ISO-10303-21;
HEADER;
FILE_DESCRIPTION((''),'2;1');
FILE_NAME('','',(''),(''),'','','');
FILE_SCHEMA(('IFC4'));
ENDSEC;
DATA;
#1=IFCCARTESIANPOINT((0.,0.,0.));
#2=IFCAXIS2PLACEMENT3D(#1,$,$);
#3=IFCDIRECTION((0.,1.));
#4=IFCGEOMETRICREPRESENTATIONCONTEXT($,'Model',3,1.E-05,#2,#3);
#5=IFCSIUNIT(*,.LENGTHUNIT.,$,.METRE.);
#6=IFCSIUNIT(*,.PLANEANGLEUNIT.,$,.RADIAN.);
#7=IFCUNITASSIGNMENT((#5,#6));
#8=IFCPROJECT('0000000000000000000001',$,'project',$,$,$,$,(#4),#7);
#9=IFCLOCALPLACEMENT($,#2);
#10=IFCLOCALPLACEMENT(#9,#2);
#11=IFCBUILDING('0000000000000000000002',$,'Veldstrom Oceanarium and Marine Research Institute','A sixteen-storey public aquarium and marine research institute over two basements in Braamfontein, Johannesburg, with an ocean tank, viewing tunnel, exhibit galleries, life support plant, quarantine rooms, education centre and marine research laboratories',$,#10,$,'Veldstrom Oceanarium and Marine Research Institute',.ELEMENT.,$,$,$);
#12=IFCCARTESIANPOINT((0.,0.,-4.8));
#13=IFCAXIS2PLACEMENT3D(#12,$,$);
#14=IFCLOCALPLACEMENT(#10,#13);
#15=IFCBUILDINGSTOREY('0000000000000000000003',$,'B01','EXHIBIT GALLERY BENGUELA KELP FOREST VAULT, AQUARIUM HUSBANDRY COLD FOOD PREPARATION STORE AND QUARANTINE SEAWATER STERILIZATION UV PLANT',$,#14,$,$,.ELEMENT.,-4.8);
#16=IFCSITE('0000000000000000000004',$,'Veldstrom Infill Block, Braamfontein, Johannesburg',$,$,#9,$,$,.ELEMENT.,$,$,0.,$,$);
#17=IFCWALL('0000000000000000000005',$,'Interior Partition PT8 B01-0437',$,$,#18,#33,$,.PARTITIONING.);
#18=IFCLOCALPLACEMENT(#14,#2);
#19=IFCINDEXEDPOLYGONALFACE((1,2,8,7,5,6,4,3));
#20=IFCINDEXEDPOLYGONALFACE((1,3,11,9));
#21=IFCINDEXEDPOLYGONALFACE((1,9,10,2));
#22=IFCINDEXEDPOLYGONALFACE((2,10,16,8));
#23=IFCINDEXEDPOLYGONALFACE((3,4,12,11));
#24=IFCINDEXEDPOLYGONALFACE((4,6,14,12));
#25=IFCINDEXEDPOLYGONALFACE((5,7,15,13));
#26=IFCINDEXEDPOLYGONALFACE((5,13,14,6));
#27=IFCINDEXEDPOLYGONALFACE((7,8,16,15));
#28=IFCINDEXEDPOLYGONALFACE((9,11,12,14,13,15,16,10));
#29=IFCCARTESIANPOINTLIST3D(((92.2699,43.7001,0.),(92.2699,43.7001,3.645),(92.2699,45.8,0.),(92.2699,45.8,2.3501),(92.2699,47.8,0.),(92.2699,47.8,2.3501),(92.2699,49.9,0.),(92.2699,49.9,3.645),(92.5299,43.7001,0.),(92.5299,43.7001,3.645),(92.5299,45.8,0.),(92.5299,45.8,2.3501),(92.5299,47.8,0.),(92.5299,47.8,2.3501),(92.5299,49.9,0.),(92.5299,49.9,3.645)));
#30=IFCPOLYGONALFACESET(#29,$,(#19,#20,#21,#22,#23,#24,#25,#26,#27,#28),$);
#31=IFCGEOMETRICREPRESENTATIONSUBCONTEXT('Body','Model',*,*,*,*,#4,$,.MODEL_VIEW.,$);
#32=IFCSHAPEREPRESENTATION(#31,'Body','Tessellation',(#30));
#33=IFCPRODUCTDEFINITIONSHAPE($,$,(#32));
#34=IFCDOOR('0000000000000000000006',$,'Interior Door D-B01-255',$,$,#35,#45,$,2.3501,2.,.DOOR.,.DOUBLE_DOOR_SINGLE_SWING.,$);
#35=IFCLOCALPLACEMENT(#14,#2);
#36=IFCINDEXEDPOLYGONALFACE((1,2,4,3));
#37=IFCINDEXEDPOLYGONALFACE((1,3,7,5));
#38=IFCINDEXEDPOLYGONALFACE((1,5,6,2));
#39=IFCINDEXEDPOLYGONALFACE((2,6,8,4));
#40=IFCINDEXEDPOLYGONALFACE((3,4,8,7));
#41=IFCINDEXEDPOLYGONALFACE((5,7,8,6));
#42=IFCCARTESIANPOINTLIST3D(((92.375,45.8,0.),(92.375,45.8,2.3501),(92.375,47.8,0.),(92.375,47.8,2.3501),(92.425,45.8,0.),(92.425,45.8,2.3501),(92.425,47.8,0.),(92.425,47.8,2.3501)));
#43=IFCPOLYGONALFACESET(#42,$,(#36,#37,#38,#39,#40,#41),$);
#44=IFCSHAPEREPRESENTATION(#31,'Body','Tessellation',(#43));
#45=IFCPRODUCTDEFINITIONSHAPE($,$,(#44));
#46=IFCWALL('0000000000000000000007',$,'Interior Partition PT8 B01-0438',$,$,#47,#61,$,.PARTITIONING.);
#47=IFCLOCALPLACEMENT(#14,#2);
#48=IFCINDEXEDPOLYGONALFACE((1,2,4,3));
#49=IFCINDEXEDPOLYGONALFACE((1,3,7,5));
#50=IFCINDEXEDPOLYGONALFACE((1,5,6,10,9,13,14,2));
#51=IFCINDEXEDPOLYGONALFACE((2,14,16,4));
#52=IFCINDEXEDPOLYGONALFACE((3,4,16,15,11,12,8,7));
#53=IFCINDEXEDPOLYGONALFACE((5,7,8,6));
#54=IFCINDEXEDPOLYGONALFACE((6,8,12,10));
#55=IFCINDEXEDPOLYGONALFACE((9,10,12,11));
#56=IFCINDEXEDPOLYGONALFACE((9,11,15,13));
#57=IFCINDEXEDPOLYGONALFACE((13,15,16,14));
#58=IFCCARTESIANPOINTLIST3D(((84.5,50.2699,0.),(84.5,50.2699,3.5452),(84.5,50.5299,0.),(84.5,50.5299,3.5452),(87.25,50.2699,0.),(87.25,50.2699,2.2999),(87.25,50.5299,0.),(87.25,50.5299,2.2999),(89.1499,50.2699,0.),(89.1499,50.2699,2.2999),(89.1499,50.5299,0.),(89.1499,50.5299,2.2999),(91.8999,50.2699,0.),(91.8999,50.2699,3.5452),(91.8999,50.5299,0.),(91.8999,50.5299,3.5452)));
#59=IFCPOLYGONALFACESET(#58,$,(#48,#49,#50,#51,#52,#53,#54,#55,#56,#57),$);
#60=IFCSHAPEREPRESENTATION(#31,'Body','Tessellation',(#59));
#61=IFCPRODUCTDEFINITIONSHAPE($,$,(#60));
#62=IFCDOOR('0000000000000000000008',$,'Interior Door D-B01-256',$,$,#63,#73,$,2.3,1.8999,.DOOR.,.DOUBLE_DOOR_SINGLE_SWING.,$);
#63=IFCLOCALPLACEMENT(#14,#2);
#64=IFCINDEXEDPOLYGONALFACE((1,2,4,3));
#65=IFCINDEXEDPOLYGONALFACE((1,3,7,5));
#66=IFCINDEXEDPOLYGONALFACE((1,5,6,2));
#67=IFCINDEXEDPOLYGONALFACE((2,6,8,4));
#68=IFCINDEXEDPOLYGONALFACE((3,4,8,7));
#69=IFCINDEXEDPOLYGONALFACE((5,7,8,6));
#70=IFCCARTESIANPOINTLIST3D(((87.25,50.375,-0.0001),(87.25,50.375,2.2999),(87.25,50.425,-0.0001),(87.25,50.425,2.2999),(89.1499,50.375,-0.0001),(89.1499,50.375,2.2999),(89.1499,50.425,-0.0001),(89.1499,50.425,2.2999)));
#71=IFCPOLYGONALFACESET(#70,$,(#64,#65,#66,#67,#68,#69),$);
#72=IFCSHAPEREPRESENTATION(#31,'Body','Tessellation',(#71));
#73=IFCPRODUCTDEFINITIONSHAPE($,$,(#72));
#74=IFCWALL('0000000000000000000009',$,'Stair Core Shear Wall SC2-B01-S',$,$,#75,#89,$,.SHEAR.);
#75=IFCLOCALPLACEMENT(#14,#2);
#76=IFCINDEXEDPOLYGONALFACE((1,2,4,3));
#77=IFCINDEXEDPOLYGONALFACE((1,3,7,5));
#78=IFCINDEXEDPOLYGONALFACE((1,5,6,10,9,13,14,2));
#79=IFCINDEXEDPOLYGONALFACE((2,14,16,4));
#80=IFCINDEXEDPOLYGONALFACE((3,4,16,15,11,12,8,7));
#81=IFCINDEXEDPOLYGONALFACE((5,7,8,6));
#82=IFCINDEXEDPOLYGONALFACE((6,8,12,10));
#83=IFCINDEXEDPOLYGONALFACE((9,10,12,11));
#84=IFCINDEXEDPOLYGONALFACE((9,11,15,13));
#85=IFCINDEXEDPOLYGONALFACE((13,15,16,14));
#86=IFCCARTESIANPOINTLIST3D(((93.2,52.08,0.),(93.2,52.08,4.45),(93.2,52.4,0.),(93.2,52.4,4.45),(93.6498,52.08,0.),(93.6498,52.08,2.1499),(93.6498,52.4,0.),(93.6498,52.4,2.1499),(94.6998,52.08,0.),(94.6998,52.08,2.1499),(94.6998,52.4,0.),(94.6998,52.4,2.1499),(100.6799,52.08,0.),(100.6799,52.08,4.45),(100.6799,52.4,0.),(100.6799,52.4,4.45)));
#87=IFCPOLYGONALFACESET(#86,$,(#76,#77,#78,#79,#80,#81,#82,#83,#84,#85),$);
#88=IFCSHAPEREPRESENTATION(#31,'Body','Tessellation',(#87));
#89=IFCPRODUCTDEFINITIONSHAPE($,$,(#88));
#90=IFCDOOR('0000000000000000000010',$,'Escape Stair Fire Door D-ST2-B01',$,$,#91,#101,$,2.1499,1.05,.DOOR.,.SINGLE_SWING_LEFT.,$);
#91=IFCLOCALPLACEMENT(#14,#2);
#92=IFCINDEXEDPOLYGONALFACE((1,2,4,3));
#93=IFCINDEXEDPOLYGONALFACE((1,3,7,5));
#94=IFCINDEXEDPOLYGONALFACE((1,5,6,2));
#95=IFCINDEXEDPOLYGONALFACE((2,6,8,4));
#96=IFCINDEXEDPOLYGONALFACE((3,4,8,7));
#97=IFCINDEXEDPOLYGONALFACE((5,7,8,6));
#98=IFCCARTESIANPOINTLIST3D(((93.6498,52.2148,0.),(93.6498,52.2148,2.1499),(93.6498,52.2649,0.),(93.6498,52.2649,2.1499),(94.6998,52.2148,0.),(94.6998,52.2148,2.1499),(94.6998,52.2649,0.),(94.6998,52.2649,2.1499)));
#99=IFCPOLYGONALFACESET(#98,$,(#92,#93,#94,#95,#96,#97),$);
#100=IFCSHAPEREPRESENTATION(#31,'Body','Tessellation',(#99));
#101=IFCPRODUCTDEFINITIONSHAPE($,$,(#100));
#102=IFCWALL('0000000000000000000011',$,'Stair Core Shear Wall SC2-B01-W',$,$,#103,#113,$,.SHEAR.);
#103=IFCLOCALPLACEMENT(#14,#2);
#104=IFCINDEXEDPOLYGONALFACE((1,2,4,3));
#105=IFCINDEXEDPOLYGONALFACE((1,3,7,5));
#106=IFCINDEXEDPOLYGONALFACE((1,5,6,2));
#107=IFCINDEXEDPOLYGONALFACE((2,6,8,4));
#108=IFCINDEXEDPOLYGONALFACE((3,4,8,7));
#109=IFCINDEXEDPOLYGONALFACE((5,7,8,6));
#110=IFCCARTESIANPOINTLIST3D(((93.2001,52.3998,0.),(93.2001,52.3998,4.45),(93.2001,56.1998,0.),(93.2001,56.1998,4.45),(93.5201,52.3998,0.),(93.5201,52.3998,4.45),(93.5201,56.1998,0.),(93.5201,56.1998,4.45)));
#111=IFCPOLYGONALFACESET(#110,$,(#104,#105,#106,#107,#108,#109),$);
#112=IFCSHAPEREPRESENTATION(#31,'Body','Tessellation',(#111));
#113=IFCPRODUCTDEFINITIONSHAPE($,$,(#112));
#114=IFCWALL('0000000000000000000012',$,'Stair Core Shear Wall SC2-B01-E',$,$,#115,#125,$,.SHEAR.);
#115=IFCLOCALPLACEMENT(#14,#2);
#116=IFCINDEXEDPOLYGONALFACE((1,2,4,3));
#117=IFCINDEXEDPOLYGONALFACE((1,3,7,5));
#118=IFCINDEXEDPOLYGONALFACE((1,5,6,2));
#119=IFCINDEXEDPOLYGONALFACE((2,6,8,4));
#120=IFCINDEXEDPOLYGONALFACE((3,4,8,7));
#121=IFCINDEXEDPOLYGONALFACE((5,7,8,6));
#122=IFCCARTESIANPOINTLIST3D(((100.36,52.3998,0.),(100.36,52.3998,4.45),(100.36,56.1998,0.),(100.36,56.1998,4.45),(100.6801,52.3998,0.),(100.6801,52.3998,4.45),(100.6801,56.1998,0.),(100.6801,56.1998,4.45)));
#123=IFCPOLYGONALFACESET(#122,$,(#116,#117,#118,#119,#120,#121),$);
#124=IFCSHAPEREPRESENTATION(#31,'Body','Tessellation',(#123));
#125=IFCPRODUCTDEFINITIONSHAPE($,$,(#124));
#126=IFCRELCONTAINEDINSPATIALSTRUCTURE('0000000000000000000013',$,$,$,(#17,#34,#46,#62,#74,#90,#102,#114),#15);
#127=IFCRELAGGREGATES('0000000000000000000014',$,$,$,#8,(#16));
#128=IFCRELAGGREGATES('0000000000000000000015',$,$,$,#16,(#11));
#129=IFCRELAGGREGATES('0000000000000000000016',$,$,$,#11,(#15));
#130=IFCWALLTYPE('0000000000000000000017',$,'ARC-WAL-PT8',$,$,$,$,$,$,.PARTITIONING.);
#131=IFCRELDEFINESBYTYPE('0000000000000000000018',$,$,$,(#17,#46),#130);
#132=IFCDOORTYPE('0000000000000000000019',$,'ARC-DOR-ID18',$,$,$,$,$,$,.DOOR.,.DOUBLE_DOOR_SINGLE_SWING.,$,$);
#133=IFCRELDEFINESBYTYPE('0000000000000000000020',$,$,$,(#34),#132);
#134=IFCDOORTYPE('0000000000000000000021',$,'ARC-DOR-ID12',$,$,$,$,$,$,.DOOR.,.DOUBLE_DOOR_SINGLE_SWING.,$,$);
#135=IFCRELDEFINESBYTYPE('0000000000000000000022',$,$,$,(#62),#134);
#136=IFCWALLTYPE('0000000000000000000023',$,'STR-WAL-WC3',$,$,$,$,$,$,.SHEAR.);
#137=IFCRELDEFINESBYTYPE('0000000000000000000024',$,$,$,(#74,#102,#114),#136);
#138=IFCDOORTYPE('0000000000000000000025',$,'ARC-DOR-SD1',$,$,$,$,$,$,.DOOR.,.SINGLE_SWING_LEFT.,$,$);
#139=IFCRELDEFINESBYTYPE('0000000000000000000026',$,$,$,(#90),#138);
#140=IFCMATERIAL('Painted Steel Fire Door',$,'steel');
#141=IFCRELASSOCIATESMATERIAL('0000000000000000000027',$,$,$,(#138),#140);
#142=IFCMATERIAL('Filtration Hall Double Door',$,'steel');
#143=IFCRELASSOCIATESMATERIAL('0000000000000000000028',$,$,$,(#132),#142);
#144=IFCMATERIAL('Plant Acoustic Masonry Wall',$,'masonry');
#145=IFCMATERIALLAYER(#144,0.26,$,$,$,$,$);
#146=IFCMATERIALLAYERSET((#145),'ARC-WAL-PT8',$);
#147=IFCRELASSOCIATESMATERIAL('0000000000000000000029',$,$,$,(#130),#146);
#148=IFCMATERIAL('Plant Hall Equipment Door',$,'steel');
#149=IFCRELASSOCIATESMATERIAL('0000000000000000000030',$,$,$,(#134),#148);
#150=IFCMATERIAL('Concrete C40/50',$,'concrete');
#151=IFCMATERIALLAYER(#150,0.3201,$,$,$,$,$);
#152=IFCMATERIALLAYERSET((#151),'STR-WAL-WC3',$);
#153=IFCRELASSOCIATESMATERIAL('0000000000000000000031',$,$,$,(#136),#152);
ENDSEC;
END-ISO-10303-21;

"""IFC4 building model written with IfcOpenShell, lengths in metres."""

from ifc_helpers import new_model, si_unit, direction, frame, frame_2d, origin, place, context, subcontext, project, spatial, rectangle, extrude, material, layer, layer_set, type_object, element, fill, save


model = new_model("IFC4")

# Units and contexts
model_context = context("Model", 3, precision=1e-05, world=origin(), true_north=direction((0.0, 1.0)))
body_context = subcontext(model_context, "Body", "Model", "MODEL_VIEW")
ifc_project = project(units=[si_unit("LENGTHUNIT", "METRE"), si_unit("PLANEANGLEUNIT", "RADIAN")], contexts=[model_context])

# Site, building, storey
site_placement = place(None, origin())
site = spatial("IfcSite", under=ifc_project, at=site_placement, Name="Veldstrom Infill Block, Braamfontein, Johannesburg", CompositionType="ELEMENT", RefElevation=0.0)
building_placement = place(site_placement, origin())
building = spatial("IfcBuilding", under=site, at=building_placement, Name="Veldstrom Oceanarium and Marine Research Institute", Description="A sixteen-storey public aquarium and marine research institute over two basements in Braamfontein, Johannesburg, with an ocean tank, viewing tunnel, exhibit galleries, life support plant, quarantine rooms, education centre and marine research laboratories", LongName="Veldstrom Oceanarium and Marine Research Institute", CompositionType="ELEMENT")
storey_placement = place(building_placement, frame((0.0, 0.0, -4.8)))
storey = spatial("IfcBuildingStorey", under=building, at=storey_placement, Name="B01", Description="EXHIBIT GALLERY BENGUELA KELP FOREST VAULT, AQUARIUM HUSBANDRY COLD FOOD PREPARATION STORE AND QUARANTINE SEAWATER STERILIZATION UV PLANT", CompositionType="ELEMENT", Elevation=-4.8)

# Shared definitions
ifc_material_1 = material(Name="Painted Steel Fire Door", Category="steel")
door_type_1 = type_object("IfcDoorType", Name="ARC-DOR-SD1", OperationType="SINGLE_SWING_LEFT", PredefinedType="DOOR", material=ifc_material_1)
ifc_material_2 = material(Name="Filtration Hall Double Door", Category="steel")
door_type_2 = type_object("IfcDoorType", Name="ARC-DOR-ID18", OperationType="DOUBLE_DOOR_SINGLE_SWING", PredefinedType="DOOR", material=ifc_material_2)

# Walls, openings, doors
ifc_material_3 = material(Name="Plant Acoustic Masonry Wall", Category="masonry")
ifc_layer_1 = layer(ifc_material_3, 0.26)
ifc_layer_set_1 = layer_set([ifc_layer_1], Name="ARC-WAL-PT8")
wall_type_1 = type_object("IfcWallType", Name="ARC-WAL-PT8", PredefinedType="PARTITIONING", material=ifc_layer_set_1)
wall_1_placement = place(storey_placement, frame((92.3999, 43.7, 0.0), z_axis=(0.0, 0.0, 1.0), x_axis=(0.0, 1.0, 0.0)))
wall_1 = element("IfcWall", 1, at=wall_1_placement, inside=storey, type_object=wall_type_1, Name="Interior Partition PT8 B01-0437", PredefinedType="PARTITIONING", context=body_context, shape_type="SweptSolid", body=[
    extrude(rectangle(XDim=6.2, YDim=0.26, at=frame_2d((3.1001, 0.0))), origin(), (0.0, 0.0, 1.0), 3.645),
])
opening_1_placement = place(wall_1_placement, frame((2.1001, 0.0, 0.0)))
opening_1 = element("IfcOpeningElement", 2, at=opening_1_placement, cuts=wall_1, PredefinedType="OPENING", context=body_context, shape_type="SweptSolid", body=[
    extrude(rectangle(XDim=2.0, YDim=2.3501, at=frame_2d((1.0, 1.175))), frame((0.0, 0.1399, 0.0), z_axis=(0.0, -1.0, 0.0), x_axis=(1.0, 0.0, 0.0)), (0.0, 0.0, 1.0), 0.28),
])
door_1_placement = place(opening_1_placement, origin())
door_1 = element("IfcDoor", 3, at=door_1_placement, inside=storey, type_object=door_type_2, Name="Interior Door D-B01-255", OperationType="DOUBLE_DOOR_SINGLE_SWING", OverallHeight=2.3501, OverallWidth=2.0, PredefinedType="DOOR", context=body_context, shape_type="SweptSolid", body=[
    extrude(rectangle(XDim=2.0, YDim=2.3501, at=frame_2d((1.0, 1.175))), frame((0.0, 0.0249, 0.0), z_axis=(0.0, -1.0, 0.0), x_axis=(1.0, 0.0, 0.0)), (0.0, 0.0, 1.0), 0.05),
])
fill(opening_1, door_1)
wall_2_placement = place(storey_placement, frame((84.5, 50.3999, 0.0), z_axis=(0.0, 0.0, 1.0), x_axis=(1.0, 0.0, 0.0)))
wall_2 = element("IfcWall", 4, at=wall_2_placement, inside=storey, type_object=wall_type_1, Name="Interior Partition PT8 B01-0438", PredefinedType="PARTITIONING", context=body_context, shape_type="SweptSolid", body=[
    extrude(rectangle(XDim=7.3999, YDim=0.26, at=frame_2d((3.7, 0.0))), origin(), (0.0, 0.0, 1.0), 3.5452),
])
opening_2_placement = place(wall_2_placement, frame((2.75, 0.0, 0.0)))
opening_2 = element("IfcOpeningElement", 5, at=opening_2_placement, cuts=wall_2, PredefinedType="OPENING", context=body_context, shape_type="SweptSolid", body=[
    extrude(rectangle(XDim=1.8999, YDim=2.3, at=frame_2d((0.95, 1.1499))), frame((0.0, 0.1399, 0.0), z_axis=(0.0, -1.0, 0.0), x_axis=(1.0, 0.0, 0.0)), (0.0, 0.0, 1.0), 0.28),
])
ifc_material_4 = material(Name="Plant Hall Equipment Door", Category="steel")
door_type_3 = type_object("IfcDoorType", Name="ARC-DOR-ID12", OperationType="DOUBLE_DOOR_SINGLE_SWING", PredefinedType="DOOR", material=ifc_material_4)
door_2_placement = place(opening_2_placement, frame((1.8999, 0.0, 0.0), z_axis=(0.0, 0.0, 1.0), x_axis=(-1.0, 0.0, 0.0)))
door_2 = element("IfcDoor", 6, at=door_2_placement, inside=storey, type_object=door_type_3, Name="Interior Door D-B01-256", OperationType="DOUBLE_DOOR_SINGLE_SWING", OverallHeight=2.3, OverallWidth=1.8999, PredefinedType="DOOR", context=body_context, shape_type="SweptSolid", body=[
    extrude(rectangle(XDim=1.8999, YDim=2.3, at=frame_2d((0.95, 1.1499))), frame((0.0, 0.0249, 0.0), z_axis=(0.0, -1.0, 0.0), x_axis=(1.0, 0.0, 0.0)), (0.0, 0.0, 1.0), 0.05),
])
fill(opening_2, door_2)
ifc_material_5 = material(Name="Concrete C40/50", Category="concrete")
ifc_layer_2 = layer(ifc_material_5, 0.3201)
ifc_layer_set_2 = layer_set([ifc_layer_2], Name="STR-WAL-WC3")
wall_type_2 = type_object("IfcWallType", Name="STR-WAL-WC3", PredefinedType="SHEAR", material=ifc_layer_set_2)
wall_3_placement = place(storey_placement, frame((93.2, 52.24, 0.0), z_axis=(0.0, 0.0, 1.0), x_axis=(1.0, 0.0, 0.0)))
wall_3 = element("IfcWall", 7, at=wall_3_placement, inside=storey, type_object=wall_type_2, Name="Stair Core Shear Wall SC2-B01-S", PredefinedType="SHEAR", context=body_context, shape_type="SweptSolid", body=[
    extrude(rectangle(XDim=7.48, YDim=0.3201, at=frame_2d((3.74, 0.0))), origin(), (0.0, 0.0, 1.0), 4.45),
])
opening_3_placement = place(wall_3_placement, frame((0.45, 0.0, 0.0)))
opening_3 = element("IfcOpeningElement", 8, at=opening_3_placement, cuts=wall_3, PredefinedType="OPENING", context=body_context, shape_type="SweptSolid", body=[
    extrude(rectangle(XDim=1.05, YDim=2.1499, at=frame_2d((0.5249, 1.075))), frame((0.0, 0.1699, 0.0), z_axis=(0.0, -1.0, 0.0), x_axis=(1.0, 0.0, 0.0)), (0.0, 0.0, 1.0), 0.3401),
])
door_3_placement = place(opening_3_placement, origin())
door_3 = element("IfcDoor", 9, at=door_3_placement, inside=storey, type_object=door_type_1, Name="Escape Stair Fire Door D-ST2-B01", OperationType="SINGLE_SWING_LEFT", OverallHeight=2.1499, OverallWidth=1.05, PredefinedType="DOOR", context=body_context, shape_type="SweptSolid", body=[
    extrude(rectangle(XDim=1.05, YDim=2.1499, at=frame_2d((0.5249, 1.075))), frame((0.0, 0.0249, 0.0), z_axis=(0.0, -1.0, 0.0), x_axis=(1.0, 0.0, 0.0)), (0.0, 0.0, 1.0), 0.05),
])
fill(opening_3, door_3)

# Walls
for number, where, z_axis, x_axis, name in (
    (10, (93.3601, 52.3999, 0.0), (0.0, 0.0, 1.0), (0.0, 1.0, 0.0), "Stair Core Shear Wall SC2-B01-W"),
    (11, (100.52, 52.3999, 0.0), (0.0, 0.0, 1.0), (0.0, 1.0, 0.0), "Stair Core Shear Wall SC2-B01-E"),
):
    element("IfcWall", number, at=place(storey_placement, frame(where, z_axis=z_axis, x_axis=x_axis)), inside=storey, type_object=wall_type_2, Name=name, PredefinedType="SHEAR", context=body_context, shape_type="SweptSolid", body=[
        extrude(rectangle(XDim=3.8, YDim=0.3201, at=frame_2d((1.8999, 0.0))), origin(), (0.0, 0.0, 1.0), 4.45),
    ])

save(model, "model.ifc")
